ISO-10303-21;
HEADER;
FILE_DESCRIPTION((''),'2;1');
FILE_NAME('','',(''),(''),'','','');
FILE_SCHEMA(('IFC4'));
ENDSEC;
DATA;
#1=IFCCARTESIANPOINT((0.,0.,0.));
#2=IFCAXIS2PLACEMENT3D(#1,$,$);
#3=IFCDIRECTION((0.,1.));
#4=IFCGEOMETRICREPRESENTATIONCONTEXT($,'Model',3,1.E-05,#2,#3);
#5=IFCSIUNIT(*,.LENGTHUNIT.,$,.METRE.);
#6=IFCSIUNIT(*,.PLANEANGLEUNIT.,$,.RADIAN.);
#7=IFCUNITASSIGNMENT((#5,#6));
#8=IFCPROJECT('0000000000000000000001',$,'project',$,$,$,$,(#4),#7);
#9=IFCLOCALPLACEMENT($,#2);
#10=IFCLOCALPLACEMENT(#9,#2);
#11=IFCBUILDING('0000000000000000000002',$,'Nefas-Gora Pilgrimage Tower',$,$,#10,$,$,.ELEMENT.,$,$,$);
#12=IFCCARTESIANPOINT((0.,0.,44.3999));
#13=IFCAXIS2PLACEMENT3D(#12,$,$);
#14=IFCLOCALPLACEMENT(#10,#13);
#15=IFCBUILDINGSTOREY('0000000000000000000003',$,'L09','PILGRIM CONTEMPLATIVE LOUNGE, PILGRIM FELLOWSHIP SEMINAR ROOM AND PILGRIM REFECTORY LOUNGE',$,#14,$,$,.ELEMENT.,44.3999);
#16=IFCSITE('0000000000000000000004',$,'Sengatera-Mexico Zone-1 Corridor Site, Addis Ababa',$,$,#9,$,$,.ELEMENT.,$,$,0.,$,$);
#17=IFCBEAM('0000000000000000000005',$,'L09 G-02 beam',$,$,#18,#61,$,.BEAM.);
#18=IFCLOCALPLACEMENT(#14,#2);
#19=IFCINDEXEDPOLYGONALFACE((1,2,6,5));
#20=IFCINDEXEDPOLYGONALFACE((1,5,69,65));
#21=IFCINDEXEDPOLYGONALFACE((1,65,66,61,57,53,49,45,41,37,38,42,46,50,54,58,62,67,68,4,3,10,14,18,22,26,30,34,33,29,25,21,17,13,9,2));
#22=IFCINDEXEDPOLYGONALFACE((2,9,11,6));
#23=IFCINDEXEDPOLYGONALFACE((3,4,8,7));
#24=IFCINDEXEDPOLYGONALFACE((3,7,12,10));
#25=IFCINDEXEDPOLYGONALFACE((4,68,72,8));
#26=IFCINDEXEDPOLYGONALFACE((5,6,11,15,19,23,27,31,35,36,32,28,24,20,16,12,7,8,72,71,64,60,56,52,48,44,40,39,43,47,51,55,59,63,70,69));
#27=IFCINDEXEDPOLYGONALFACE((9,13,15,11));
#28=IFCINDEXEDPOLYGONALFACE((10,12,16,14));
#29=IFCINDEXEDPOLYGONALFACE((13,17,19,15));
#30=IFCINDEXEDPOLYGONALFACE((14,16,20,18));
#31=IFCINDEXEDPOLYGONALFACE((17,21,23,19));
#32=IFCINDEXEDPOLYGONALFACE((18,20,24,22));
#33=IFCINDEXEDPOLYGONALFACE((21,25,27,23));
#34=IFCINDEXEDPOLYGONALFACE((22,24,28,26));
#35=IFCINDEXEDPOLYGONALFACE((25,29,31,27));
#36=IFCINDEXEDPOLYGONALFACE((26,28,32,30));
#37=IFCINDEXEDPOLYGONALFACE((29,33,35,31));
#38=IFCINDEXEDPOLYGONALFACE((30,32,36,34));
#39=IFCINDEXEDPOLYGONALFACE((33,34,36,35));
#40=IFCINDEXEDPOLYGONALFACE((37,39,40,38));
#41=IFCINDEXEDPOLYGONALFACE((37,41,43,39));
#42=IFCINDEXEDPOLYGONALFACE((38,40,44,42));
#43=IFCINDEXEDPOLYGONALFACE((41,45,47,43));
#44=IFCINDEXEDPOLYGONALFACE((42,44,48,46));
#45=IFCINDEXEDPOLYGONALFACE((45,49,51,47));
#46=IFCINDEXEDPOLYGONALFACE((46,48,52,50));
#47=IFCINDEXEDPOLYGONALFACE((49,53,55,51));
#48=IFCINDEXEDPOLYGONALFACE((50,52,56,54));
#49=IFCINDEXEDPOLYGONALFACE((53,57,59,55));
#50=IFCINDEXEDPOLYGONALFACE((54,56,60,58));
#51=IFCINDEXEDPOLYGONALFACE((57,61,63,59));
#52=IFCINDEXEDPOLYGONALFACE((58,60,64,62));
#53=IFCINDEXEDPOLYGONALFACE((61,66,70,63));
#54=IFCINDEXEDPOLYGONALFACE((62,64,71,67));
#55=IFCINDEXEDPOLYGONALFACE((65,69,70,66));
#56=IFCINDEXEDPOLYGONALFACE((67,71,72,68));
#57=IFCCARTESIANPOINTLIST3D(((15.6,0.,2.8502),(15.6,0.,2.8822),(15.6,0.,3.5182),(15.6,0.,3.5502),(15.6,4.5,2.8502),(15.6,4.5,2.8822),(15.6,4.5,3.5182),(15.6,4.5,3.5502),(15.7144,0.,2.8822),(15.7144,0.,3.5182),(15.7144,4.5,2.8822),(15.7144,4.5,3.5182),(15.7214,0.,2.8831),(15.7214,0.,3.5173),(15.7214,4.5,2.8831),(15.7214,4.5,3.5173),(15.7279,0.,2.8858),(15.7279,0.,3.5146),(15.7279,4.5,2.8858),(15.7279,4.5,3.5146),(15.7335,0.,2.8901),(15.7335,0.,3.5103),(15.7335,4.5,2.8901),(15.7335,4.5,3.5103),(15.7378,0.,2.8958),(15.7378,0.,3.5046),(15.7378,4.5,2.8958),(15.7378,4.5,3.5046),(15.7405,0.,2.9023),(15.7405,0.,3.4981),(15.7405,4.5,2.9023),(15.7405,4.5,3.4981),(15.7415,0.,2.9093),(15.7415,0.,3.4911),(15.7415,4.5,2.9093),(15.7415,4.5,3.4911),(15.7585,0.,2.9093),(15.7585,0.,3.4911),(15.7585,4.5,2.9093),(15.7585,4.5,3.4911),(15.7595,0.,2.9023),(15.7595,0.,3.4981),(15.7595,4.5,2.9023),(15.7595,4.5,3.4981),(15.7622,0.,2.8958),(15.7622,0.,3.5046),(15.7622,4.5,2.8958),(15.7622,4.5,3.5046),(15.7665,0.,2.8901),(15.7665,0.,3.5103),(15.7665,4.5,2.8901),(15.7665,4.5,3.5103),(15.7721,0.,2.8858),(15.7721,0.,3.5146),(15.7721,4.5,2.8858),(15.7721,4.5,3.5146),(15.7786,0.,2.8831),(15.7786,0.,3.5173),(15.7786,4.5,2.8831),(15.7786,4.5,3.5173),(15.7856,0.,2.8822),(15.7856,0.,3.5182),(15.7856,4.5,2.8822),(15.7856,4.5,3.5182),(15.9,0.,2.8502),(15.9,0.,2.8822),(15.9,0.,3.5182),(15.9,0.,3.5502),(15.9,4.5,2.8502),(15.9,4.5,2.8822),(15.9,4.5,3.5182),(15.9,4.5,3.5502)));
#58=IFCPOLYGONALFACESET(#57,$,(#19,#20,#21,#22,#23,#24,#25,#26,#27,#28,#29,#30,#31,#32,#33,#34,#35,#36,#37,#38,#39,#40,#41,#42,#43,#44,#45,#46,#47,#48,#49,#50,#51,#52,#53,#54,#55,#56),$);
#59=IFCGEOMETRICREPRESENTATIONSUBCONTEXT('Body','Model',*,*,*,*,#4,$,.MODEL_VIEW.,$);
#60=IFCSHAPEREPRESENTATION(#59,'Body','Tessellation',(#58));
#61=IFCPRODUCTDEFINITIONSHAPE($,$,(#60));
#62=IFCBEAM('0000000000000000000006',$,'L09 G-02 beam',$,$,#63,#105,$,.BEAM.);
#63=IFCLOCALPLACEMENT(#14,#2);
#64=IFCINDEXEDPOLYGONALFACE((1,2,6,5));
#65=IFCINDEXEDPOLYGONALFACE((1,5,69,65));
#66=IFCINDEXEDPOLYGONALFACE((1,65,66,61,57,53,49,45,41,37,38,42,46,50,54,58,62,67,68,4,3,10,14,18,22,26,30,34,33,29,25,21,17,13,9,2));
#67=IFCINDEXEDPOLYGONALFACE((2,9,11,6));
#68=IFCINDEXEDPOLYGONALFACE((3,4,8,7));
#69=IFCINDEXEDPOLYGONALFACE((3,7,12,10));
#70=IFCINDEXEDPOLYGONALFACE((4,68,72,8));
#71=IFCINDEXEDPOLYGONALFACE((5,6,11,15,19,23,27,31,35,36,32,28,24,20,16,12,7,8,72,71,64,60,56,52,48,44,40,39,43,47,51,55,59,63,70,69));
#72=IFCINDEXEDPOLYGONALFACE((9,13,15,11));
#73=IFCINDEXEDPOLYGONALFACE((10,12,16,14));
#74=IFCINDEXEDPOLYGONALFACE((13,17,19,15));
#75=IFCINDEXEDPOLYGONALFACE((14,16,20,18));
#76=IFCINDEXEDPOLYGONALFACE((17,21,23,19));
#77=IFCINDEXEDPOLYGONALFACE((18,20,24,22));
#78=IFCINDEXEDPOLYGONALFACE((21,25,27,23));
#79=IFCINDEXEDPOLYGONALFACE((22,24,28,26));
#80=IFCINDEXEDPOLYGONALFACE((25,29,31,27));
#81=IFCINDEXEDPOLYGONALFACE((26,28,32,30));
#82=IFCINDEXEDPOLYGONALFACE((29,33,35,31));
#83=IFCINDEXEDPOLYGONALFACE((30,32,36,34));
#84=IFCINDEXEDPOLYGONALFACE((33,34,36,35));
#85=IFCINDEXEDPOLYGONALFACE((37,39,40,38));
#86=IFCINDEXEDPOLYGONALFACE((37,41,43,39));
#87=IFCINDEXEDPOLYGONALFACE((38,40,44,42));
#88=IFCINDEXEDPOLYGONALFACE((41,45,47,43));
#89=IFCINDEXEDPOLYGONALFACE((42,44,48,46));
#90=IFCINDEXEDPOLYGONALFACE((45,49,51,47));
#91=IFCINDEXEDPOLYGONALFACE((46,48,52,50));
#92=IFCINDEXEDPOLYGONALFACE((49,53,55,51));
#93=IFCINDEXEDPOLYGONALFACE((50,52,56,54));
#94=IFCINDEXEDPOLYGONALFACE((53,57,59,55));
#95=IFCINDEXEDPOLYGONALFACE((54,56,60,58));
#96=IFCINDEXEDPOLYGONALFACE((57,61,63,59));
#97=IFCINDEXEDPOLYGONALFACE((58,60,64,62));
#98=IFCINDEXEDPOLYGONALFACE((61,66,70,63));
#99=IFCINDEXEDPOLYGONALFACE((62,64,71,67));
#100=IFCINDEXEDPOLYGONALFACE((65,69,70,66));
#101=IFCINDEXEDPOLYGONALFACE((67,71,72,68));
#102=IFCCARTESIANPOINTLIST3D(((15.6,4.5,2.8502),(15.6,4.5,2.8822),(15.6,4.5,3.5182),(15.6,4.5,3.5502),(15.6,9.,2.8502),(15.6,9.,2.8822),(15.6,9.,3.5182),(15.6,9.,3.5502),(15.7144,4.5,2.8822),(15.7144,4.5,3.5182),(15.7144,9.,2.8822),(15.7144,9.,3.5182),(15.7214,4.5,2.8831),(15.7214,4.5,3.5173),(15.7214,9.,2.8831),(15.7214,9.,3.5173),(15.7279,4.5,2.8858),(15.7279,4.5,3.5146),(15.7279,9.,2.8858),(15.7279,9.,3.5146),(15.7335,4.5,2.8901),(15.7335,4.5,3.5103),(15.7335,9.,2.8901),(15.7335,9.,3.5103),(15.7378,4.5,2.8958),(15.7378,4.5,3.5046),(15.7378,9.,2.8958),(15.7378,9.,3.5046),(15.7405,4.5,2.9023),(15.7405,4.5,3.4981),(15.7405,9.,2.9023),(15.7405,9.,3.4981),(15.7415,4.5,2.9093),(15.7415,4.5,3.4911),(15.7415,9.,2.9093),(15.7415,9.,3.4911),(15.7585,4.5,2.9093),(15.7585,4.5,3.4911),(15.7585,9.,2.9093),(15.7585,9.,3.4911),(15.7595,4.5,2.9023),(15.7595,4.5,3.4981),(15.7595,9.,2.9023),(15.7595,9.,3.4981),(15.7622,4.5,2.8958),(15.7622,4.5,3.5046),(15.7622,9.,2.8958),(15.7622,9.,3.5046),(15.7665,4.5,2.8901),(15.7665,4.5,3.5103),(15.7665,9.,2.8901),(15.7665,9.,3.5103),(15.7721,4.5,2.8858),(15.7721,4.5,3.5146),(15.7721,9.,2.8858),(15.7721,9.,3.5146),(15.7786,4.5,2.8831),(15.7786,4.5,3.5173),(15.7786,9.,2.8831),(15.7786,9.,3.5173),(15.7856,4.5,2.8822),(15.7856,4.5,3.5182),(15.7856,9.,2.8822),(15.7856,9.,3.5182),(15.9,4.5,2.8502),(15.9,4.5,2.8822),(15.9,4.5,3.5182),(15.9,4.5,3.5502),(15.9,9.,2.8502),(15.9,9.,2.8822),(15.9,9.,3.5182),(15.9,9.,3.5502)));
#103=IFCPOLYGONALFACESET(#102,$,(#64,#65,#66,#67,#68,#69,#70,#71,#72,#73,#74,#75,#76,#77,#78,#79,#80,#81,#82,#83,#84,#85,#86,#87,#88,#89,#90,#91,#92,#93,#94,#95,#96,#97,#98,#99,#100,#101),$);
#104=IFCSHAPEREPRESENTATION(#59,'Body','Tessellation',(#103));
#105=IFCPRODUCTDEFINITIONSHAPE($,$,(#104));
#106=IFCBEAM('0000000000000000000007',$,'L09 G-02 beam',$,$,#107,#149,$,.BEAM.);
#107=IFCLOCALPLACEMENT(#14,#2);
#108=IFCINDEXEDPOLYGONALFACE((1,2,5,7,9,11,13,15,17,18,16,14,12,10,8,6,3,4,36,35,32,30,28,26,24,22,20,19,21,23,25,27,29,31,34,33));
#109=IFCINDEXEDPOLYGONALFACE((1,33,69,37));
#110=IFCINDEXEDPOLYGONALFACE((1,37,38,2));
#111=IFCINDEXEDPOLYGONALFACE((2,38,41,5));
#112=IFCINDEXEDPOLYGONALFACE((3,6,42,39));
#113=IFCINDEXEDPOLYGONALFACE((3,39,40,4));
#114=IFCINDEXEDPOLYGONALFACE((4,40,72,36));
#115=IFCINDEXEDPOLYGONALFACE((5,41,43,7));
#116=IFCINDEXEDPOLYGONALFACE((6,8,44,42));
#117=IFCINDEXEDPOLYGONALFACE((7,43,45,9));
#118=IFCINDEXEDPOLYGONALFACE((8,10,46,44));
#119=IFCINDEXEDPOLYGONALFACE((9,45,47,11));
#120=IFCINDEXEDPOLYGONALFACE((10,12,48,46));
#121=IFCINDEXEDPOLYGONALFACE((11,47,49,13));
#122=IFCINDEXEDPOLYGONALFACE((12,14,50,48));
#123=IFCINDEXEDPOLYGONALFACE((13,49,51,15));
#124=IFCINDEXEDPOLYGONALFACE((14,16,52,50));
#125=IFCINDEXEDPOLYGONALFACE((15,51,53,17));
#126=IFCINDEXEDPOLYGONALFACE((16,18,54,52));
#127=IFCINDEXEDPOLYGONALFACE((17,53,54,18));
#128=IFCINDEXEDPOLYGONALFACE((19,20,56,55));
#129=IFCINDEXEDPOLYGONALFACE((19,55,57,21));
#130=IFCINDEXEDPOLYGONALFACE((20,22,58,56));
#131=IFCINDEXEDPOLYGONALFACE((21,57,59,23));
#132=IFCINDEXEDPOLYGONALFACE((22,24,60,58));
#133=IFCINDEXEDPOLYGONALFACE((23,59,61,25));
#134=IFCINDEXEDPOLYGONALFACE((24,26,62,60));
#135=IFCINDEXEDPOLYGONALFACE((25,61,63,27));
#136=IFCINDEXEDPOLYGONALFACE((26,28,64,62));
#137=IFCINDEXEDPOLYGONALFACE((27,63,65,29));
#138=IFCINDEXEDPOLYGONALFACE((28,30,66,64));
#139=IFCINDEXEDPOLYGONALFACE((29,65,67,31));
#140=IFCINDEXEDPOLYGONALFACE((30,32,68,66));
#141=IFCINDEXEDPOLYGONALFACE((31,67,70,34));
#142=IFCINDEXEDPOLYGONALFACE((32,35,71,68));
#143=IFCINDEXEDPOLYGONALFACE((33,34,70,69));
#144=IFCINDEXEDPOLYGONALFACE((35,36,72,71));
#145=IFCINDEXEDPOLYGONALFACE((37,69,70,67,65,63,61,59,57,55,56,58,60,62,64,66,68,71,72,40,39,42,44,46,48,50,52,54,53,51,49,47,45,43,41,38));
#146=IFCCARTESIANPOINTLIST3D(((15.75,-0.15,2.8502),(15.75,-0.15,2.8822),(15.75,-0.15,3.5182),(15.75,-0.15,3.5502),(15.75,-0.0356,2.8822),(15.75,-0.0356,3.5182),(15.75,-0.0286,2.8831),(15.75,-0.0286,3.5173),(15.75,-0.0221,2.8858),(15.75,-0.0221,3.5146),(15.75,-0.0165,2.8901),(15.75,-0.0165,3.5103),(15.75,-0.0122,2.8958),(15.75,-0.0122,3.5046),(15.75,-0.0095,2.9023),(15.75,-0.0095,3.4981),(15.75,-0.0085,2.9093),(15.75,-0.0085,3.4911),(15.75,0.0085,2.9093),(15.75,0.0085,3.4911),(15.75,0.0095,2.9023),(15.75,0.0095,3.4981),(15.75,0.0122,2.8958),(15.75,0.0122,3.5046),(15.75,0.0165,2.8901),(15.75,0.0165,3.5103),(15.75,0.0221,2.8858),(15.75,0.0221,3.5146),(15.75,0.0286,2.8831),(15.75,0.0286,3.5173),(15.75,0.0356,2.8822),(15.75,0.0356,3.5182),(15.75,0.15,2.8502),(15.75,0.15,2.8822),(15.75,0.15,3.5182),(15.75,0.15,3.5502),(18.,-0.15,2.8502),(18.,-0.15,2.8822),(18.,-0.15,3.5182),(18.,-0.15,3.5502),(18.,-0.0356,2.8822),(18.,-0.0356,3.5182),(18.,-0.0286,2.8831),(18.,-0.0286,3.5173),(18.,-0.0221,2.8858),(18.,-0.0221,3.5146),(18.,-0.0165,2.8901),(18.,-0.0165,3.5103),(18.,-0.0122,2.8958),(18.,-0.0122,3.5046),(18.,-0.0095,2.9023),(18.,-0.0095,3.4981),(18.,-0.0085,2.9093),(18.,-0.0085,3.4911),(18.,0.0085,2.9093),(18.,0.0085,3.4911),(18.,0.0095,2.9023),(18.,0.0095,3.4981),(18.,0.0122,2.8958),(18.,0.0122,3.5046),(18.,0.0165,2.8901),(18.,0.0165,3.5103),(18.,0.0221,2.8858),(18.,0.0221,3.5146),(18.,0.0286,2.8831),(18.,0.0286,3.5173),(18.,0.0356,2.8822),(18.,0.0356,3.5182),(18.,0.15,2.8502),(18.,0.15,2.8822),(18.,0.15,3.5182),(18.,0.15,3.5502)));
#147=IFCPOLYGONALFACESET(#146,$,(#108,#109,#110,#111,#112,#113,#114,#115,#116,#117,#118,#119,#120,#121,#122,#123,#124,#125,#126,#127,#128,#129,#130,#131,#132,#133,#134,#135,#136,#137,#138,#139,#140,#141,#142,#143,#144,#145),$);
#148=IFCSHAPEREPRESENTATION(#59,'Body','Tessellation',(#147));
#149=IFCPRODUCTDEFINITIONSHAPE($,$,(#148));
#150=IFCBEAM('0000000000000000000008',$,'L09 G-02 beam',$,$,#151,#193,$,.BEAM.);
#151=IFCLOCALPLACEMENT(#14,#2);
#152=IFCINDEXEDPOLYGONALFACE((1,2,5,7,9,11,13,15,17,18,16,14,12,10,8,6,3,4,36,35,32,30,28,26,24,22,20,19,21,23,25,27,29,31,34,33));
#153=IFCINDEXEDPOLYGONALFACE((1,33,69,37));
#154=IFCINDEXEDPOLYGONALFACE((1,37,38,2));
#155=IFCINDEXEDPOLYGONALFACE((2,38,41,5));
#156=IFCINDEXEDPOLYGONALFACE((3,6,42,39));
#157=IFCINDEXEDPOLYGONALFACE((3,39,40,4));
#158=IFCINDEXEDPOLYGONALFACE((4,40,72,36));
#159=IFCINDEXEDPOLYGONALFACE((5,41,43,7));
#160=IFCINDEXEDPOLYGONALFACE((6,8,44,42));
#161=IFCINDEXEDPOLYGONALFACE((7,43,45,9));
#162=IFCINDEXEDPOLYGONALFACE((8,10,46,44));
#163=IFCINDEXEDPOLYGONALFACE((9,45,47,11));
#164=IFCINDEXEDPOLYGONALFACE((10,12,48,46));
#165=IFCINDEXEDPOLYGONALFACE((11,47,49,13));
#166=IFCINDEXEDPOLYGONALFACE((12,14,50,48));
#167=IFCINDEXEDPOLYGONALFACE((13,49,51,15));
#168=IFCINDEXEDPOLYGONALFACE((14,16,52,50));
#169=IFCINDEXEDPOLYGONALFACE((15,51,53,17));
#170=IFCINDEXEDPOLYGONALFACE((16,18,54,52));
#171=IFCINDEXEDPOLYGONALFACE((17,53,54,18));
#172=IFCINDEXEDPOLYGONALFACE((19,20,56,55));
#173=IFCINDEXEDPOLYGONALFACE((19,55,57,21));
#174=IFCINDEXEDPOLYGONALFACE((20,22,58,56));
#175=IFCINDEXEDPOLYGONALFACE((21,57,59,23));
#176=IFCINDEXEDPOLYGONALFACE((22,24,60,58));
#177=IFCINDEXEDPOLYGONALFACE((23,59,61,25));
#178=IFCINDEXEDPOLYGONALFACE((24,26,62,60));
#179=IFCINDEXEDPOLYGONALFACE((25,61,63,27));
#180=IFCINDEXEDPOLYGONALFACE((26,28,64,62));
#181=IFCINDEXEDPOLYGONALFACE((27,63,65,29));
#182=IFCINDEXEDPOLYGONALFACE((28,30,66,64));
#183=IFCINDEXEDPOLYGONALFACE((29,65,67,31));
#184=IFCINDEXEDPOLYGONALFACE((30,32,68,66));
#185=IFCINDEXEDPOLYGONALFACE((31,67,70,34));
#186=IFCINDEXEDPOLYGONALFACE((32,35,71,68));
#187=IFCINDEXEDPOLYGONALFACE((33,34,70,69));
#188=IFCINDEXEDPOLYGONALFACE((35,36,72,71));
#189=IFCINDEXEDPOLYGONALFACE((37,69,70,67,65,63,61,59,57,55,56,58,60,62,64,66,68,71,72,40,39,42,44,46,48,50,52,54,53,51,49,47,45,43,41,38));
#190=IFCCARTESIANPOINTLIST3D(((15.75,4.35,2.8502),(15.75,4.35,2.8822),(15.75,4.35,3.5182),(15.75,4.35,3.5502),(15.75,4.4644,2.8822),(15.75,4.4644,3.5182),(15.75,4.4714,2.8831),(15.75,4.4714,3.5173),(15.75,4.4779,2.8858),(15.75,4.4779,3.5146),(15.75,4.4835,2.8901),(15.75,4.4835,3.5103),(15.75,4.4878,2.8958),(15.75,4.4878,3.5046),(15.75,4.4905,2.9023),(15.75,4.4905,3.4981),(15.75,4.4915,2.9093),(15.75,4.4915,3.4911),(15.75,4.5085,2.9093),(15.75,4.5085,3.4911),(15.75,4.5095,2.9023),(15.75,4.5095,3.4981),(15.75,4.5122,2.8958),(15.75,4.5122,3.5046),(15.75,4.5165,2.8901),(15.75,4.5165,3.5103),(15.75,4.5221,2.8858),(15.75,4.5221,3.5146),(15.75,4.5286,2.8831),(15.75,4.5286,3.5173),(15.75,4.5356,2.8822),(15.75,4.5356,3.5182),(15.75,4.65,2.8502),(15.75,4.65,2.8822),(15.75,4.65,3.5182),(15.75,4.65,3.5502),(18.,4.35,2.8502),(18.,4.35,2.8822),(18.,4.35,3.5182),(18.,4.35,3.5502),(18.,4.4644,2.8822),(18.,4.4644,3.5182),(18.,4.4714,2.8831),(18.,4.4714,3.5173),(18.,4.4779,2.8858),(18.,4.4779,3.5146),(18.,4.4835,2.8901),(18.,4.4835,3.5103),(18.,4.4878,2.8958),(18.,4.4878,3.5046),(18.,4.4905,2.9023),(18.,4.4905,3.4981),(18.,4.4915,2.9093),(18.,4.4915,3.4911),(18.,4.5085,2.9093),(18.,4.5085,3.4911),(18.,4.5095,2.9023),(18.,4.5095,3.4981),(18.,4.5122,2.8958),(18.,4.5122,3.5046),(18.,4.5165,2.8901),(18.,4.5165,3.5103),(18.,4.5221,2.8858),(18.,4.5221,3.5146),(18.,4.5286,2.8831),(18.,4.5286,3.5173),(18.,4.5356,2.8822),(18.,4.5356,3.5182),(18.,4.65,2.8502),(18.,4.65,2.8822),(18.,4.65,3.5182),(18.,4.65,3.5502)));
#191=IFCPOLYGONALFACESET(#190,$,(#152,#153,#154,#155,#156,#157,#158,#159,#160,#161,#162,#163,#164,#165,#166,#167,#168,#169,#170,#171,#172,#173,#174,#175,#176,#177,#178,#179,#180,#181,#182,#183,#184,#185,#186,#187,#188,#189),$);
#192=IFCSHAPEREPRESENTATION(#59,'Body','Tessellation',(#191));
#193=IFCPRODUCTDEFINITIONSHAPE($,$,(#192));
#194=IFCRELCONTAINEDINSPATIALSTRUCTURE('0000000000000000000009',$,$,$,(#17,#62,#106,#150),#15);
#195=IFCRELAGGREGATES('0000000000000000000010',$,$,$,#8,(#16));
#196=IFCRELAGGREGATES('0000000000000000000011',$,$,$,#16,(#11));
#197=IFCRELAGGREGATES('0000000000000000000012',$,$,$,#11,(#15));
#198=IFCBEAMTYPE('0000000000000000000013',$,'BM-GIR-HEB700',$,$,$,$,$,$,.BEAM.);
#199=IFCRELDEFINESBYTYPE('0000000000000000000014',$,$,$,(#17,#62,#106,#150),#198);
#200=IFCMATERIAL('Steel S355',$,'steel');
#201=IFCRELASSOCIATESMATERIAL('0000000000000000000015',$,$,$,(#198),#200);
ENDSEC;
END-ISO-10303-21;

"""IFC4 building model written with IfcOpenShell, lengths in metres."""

from ifc_helpers import new_model, si_unit, direction, frame, origin, origin_2d, place, context, subcontext, project, spatial, i_section, extrude, source, transform, mapped, material, material_profile, profile_set, type_object, element, save


model = new_model("IFC4")

# Units and contexts
model_context = context("Model", 3, precision=1e-05, world=origin(), true_north=direction((0.0, 1.0)))
body_context = subcontext(model_context, "Body", "Model", "MODEL_VIEW")
ifc_project = project(units=[si_unit("LENGTHUNIT", "METRE"), si_unit("PLANEANGLEUNIT", "RADIAN")], contexts=[model_context])

# Site, building, storey
site_placement = place(None, origin())
site = spatial("IfcSite", under=ifc_project, at=site_placement, Name="Sengatera-Mexico Zone-1 Corridor Site, Addis Ababa", CompositionType="ELEMENT", RefElevation=0.0)
building_placement = place(site_placement, origin())
building = spatial("IfcBuilding", under=site, at=building_placement, Name="Nefas-Gora Pilgrimage Tower", CompositionType="ELEMENT")
storey_placement = place(building_placement, frame((0.0, 0.0, 44.3999)))
storey = spatial("IfcBuildingStorey", under=building, at=storey_placement, Name="L09", Description="PILGRIM CONTEMPLATIVE LOUNGE, PILGRIM FELLOWSHIP SEMINAR ROOM AND PILGRIM REFECTORY LOUNGE", CompositionType="ELEMENT", Elevation=44.3999)

# Beams
ifc_material_1 = material(Name="Steel S355", Category="steel")
ifc_material_profile_1 = material_profile(ifc_material_1, i_section(OverallWidth=0.3, OverallDepth=0.7, WebThickness=0.0171, FlangeThickness=0.032, FilletRadius=0.0271, at=origin_2d()), Name="HEB 700")
ifc_profile_set_1 = profile_set([ifc_material_profile_1], Name="Steel S355")
beam_type = type_object("IfcBeamType", Name="BM-GIR-HEB700", PredefinedType="BEAM", material=ifc_profile_set_1)
shared_shape_1 = source(origin(), body_context, "Body", "SweptSolid", [
    extrude(i_section(OverallWidth=0.3, OverallDepth=0.7, WebThickness=0.0171, FlangeThickness=0.032, FilletRadius=0.0271, at=origin_2d()), origin(), (0.0, 0.0, 1.0), 4.5),
])
for number, where, z_axis, x_axis, name in (
    (1, (15.75, 0.0, 3.2002), (0.0, 1.0, 0.0), (-1.0, 0.0, 0.0), "L09 G-02 beam"),
    (2, (15.75, 4.5, 3.2002), (0.0, 1.0, 0.0), (-1.0, 0.0, 0.0), "L09 G-02 beam"),
):
    element("IfcBeam", number, at=place(storey_placement, frame(where, z_axis=z_axis, x_axis=x_axis)), inside=storey, type_object=beam_type, Name=name, PredefinedType="BEAM", context=body_context, shape_type="MappedRepresentation", body=[
        mapped(shared_shape_1, transform((0.0, 0.0, 0.0), x_axis=(1.0, 0.0, 0.0), y_axis=(0.0, 1.0, 0.0), z_axis=(0.0, 0.0, 1.0), scale=1.0)),
    ])
shared_shape_2 = source(origin(), body_context, "Body", "SweptSolid", [
    extrude(i_section(OverallWidth=0.3, OverallDepth=0.7, WebThickness=0.0171, FlangeThickness=0.032, FilletRadius=0.0271, at=origin_2d()), origin(), (0.0, 0.0, 1.0), 2.25),
])
for number, where, z_axis, x_axis, name in (
    (3, (15.75, 0.0, 3.2002), (1.0, 0.0, 0.0), (0.0, 1.0, 0.0), "L09 G-02 beam"),
    (4, (15.75, 4.5, 3.2002), (1.0, 0.0, 0.0), (0.0, 1.0, 0.0), "L09 G-02 beam"),
):
    element("IfcBeam", number, at=place(storey_placement, frame(where, z_axis=z_axis, x_axis=x_axis)), inside=storey, type_object=beam_type, Name=name, PredefinedType="BEAM", context=body_context, shape_type="MappedRepresentation", body=[
        mapped(shared_shape_2, transform((0.0, 0.0, 0.0), x_axis=(1.0, 0.0, 0.0), y_axis=(0.0, 1.0, 0.0), z_axis=(0.0, 0.0, 1.0), scale=1.0)),
    ])

save(model, "model.ifc")
